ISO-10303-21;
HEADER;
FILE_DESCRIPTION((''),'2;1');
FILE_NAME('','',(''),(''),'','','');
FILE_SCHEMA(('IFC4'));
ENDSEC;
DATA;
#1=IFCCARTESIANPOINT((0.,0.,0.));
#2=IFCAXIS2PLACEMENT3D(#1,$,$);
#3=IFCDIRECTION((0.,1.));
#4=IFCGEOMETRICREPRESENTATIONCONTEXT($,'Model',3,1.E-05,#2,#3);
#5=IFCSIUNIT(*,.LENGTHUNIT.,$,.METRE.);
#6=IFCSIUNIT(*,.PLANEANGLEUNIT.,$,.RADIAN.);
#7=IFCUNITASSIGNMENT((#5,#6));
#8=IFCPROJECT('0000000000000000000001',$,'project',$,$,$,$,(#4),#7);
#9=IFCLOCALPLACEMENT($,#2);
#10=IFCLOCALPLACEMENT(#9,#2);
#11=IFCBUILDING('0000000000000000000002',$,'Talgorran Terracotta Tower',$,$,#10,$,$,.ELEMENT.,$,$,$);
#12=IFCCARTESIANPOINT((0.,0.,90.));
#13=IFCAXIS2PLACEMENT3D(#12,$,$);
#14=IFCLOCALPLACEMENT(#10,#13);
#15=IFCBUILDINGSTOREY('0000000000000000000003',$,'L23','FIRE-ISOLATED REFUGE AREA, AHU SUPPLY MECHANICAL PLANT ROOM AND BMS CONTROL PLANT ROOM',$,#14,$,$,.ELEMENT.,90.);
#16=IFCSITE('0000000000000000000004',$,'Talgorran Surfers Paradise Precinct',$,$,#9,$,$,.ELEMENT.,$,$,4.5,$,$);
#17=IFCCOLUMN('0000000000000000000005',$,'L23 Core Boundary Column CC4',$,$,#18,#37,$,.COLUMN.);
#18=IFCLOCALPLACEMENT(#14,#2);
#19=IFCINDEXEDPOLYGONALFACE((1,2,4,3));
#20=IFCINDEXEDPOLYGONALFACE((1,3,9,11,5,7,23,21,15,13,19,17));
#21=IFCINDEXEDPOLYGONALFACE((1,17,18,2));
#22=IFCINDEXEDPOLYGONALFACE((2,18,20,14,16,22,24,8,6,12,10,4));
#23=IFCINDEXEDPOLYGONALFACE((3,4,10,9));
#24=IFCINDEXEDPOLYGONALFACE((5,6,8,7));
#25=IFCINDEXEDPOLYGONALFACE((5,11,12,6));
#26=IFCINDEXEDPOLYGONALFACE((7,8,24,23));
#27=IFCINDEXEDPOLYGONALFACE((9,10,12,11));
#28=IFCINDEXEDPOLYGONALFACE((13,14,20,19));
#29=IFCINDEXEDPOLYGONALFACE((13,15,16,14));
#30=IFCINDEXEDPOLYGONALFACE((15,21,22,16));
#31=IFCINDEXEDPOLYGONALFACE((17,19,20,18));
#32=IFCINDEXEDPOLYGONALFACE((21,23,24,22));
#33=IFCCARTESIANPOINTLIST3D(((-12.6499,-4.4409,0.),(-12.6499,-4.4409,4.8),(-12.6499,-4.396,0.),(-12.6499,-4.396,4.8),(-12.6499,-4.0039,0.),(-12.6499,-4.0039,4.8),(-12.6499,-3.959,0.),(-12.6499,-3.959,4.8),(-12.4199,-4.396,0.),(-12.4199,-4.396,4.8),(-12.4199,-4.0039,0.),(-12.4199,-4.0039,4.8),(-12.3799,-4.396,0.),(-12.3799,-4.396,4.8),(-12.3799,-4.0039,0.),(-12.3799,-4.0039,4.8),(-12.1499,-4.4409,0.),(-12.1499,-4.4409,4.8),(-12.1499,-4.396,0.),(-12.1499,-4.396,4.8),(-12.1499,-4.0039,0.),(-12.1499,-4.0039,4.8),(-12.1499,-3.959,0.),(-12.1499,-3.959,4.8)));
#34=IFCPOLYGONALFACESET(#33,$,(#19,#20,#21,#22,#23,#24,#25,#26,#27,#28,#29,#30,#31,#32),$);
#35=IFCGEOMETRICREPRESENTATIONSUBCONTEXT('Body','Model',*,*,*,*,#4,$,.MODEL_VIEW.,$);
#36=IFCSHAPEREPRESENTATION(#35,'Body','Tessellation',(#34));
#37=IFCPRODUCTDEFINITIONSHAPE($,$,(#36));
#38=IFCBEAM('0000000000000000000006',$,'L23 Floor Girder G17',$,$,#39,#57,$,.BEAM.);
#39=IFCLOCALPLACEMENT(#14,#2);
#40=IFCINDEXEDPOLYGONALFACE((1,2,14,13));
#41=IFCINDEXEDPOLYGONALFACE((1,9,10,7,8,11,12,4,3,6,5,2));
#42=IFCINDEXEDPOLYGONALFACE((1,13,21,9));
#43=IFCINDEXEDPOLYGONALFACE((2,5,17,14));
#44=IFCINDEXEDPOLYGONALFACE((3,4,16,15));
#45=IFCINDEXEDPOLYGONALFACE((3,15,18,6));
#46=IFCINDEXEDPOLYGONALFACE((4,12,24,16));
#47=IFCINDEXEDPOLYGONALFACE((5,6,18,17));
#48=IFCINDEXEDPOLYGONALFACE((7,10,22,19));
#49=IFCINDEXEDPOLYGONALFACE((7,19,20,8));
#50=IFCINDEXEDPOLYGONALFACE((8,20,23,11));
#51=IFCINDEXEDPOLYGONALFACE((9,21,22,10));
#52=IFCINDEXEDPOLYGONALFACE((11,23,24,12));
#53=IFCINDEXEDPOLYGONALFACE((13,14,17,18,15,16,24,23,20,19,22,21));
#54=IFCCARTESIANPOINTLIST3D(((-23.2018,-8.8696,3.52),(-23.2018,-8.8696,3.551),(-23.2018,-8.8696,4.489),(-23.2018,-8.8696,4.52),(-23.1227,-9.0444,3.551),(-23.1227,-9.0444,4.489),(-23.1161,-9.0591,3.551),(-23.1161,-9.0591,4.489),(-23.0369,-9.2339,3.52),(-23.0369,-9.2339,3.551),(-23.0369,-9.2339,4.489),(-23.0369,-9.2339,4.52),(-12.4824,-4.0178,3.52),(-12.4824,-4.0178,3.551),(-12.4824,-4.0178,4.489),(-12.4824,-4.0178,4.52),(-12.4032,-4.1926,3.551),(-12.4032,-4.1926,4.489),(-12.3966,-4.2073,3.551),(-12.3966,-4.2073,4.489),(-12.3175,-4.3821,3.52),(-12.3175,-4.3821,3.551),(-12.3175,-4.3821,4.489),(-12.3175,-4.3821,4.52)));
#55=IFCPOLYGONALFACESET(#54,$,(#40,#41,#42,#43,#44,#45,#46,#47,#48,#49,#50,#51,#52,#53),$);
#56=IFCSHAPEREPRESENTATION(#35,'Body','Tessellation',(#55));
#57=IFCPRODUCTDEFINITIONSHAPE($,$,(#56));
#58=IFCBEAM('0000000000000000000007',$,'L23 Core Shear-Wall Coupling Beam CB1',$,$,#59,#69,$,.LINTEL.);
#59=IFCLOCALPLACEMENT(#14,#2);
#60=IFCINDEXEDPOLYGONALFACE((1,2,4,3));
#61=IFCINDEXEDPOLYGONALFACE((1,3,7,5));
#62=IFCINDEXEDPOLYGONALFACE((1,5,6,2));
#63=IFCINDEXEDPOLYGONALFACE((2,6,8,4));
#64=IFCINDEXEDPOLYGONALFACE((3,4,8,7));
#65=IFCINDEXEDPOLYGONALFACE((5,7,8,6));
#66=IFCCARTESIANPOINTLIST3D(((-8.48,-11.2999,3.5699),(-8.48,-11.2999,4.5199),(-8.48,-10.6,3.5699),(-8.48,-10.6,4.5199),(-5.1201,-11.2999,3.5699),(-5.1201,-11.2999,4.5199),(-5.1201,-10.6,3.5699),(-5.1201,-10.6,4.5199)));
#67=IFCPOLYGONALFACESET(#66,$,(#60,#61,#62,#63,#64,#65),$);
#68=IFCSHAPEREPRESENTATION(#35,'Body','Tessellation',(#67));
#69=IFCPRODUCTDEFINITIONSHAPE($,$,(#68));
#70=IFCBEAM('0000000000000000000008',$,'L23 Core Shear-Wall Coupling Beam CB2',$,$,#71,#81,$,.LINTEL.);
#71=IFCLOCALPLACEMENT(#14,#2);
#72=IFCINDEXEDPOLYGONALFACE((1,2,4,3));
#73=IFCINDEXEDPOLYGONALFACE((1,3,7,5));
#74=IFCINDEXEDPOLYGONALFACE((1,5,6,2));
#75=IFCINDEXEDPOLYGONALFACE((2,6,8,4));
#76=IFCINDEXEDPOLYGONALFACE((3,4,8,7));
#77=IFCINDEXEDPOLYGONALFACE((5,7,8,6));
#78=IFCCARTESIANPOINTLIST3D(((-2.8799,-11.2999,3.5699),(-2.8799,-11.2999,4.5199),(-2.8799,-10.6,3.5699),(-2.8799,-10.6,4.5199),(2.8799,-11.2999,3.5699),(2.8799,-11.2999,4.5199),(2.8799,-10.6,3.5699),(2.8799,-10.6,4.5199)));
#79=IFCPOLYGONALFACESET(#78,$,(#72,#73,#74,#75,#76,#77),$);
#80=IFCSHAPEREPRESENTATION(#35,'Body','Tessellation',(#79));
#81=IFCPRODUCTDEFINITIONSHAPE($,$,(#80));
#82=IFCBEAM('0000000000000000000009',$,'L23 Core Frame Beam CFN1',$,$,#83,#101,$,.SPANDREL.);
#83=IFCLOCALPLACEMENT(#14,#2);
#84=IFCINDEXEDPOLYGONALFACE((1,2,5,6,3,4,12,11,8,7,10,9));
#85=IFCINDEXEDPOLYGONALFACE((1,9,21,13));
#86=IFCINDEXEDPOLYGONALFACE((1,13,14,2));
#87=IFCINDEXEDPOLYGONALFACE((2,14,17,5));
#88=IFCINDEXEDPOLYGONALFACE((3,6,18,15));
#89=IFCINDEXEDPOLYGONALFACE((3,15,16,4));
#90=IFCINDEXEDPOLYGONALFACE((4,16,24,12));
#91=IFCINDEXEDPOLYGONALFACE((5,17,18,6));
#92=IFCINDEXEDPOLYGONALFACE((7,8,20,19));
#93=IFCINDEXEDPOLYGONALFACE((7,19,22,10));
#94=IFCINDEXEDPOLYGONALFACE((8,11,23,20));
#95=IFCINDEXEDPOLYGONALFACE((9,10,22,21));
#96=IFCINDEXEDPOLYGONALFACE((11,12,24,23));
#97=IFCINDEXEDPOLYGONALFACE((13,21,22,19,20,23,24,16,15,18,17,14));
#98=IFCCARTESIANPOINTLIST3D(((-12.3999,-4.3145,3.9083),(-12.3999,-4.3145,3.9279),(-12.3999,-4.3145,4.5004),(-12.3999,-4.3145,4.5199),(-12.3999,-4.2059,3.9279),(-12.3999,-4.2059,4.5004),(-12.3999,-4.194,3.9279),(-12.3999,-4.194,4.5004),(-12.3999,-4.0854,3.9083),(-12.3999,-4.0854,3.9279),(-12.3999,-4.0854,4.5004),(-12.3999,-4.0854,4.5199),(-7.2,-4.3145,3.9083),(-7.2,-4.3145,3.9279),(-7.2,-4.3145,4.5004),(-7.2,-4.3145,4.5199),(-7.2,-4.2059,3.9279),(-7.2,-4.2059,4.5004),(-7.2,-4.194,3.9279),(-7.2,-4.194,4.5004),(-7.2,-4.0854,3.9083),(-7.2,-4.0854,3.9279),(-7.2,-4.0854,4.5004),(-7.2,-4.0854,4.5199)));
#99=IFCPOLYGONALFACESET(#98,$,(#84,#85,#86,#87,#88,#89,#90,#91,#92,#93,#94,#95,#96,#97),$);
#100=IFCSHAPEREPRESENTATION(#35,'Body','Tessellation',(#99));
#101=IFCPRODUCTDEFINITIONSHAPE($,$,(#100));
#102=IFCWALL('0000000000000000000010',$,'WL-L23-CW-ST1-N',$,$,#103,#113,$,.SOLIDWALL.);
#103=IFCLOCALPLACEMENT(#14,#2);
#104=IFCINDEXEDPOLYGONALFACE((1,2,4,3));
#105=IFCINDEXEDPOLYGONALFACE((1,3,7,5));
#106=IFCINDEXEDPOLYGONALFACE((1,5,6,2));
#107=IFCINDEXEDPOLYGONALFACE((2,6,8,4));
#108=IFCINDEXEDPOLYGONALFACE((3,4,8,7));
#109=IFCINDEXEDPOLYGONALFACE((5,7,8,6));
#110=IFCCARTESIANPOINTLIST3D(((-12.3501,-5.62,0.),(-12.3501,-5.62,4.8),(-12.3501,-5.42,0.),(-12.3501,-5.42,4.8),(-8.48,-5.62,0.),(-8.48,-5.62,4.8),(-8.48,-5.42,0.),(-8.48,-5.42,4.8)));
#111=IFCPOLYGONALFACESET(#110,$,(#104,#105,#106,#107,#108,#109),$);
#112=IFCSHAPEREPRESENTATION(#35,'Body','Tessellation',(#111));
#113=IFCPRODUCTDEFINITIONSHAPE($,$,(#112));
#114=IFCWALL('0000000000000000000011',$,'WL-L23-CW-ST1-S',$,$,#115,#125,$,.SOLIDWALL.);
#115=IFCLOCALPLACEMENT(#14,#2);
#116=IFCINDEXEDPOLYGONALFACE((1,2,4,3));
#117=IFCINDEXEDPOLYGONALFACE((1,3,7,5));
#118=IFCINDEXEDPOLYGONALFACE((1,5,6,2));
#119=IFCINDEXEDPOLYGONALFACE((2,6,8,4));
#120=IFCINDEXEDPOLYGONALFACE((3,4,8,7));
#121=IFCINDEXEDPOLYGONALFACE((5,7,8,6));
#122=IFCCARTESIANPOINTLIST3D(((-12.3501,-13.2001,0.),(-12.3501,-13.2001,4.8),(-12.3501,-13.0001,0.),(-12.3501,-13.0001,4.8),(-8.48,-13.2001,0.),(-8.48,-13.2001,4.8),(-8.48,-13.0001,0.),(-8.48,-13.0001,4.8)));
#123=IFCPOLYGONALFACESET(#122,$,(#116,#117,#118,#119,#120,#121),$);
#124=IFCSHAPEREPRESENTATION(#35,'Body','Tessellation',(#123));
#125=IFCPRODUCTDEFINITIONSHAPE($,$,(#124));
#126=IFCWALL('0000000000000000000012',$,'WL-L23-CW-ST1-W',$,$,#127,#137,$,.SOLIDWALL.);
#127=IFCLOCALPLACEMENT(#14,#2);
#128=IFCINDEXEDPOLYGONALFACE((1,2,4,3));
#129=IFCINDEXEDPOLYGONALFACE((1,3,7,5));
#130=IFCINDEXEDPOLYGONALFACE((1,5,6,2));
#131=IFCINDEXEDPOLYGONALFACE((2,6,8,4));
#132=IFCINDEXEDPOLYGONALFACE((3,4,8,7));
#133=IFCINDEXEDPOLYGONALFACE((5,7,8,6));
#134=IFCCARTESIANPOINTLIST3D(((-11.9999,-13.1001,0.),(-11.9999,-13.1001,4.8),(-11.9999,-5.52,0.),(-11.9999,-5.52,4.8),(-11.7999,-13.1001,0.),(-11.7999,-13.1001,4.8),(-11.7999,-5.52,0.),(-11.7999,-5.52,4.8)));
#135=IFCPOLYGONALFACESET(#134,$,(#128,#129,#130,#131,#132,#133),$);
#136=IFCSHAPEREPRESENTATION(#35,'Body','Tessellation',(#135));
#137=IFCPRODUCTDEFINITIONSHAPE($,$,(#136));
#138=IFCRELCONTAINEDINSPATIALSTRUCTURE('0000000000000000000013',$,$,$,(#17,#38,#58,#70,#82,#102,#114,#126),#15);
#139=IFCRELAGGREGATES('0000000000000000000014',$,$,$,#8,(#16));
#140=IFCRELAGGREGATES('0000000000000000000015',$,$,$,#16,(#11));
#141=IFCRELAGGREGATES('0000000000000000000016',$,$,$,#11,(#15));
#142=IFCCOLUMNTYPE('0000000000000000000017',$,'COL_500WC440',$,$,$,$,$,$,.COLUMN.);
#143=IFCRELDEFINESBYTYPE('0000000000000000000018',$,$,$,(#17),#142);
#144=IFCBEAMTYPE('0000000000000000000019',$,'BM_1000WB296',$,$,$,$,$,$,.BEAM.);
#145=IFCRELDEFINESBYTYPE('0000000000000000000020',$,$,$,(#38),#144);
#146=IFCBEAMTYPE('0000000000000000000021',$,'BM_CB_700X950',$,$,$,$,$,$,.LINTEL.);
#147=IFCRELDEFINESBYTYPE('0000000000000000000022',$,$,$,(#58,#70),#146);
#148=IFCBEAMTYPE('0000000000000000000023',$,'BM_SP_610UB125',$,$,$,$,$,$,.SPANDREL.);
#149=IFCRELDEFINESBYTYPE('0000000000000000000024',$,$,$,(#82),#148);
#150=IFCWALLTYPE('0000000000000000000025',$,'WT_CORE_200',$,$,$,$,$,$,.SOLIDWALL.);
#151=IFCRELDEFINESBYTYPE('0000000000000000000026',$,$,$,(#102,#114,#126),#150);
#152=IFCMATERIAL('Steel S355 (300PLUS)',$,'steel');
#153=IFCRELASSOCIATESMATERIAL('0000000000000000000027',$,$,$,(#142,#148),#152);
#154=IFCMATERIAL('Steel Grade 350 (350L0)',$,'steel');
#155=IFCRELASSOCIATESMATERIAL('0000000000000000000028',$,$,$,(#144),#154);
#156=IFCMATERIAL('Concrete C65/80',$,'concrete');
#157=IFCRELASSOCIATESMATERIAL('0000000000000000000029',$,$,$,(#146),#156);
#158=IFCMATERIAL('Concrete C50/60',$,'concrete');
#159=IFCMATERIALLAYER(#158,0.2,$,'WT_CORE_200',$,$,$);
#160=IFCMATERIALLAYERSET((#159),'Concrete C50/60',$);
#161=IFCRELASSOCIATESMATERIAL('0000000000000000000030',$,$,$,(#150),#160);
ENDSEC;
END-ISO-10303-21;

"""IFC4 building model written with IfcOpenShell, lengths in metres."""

from ifc_helpers import new_model, si_unit, direction, frame, frame_2d, origin, origin_2d, place, context, subcontext, project, spatial, rectangle, i_section, extrude, material, layer, layer_set, material_profile, profile_set, type_object, element, save


model = new_model("IFC4")

# Units and contexts
model_context = context("Model", 3, precision=1e-05, world=origin(), true_north=direction((0.0, 1.0)))
body_context = subcontext(model_context, "Body", "Model", "MODEL_VIEW")
ifc_project = project(units=[si_unit("LENGTHUNIT", "METRE"), si_unit("PLANEANGLEUNIT", "RADIAN")], contexts=[model_context])

# Site, building, storey
site_placement = place(None, origin())
site = spatial("IfcSite", under=ifc_project, at=site_placement, Name="Talgorran Surfers Paradise Precinct", CompositionType="ELEMENT", RefElevation=4.5)
building_placement = place(site_placement, origin())
building = spatial("IfcBuilding", under=site, at=building_placement, Name="Talgorran Terracotta Tower", CompositionType="ELEMENT")
storey_placement = place(building_placement, frame((0.0, 0.0, 90.0)))
storey = spatial("IfcBuildingStorey", under=building, at=storey_placement, Name="L23", Description="FIRE-ISOLATED REFUGE AREA, AHU SUPPLY MECHANICAL PLANT ROOM AND BMS CONTROL PLANT ROOM", CompositionType="ELEMENT", Elevation=90.0)

# Column
ifc_material_1 = material(Name="Steel S355 (300PLUS)", Category="steel")
ifc_material_profile_1 = material_profile(ifc_material_1, i_section(OverallWidth=0.5, OverallDepth=0.4819, WebThickness=0.04, FlangeThickness=0.0449, at=origin_2d()), Name="500WC440")
ifc_profile_set_1 = profile_set([ifc_material_profile_1], Name="Steel S355 (300PLUS)")
column_type = type_object("IfcColumnType", Name="COL_500WC440", PredefinedType="COLUMN", material=ifc_profile_set_1)
column_placement = place(storey_placement, frame((-12.3999, -4.2, 0.0), z_axis=(0.0, 0.0, 1.0), x_axis=(1.0, 0.0, 0.0)))
element("IfcColumn", 1, at=column_placement, inside=storey, type_object=column_type, Name="L23 Core Boundary Column CC4", PredefinedType="COLUMN", context=body_context, shape_type="SweptSolid", body=[
    extrude(i_section(OverallWidth=0.5, OverallDepth=0.4819, WebThickness=0.04, FlangeThickness=0.0449, at=origin_2d()), origin(), (0.0, 0.0, 1.0), 4.8),
])

# Beams
ifc_material_2 = material(Name="Steel Grade 350 (350L0)", Category="steel")
ifc_material_profile_2 = material_profile(ifc_material_2, i_section(OverallWidth=0.3999, OverallDepth=1.0, WebThickness=0.0161, FlangeThickness=0.031, at=origin_2d()), Name="1000WB296")
ifc_profile_set_2 = profile_set([ifc_material_profile_2], Name="Steel Grade 350 (350L0)")
beam_type_1 = type_object("IfcBeamType", Name="BM_1000WB296", PredefinedType="BEAM", material=ifc_profile_set_2)
beam_1_placement = place(storey_placement, frame((-12.3999, -4.2, 4.02), z_axis=(-0.911028, -0.412345, 0.0), x_axis=(0.412345, -0.911028, 0.0)))
element("IfcBeam", 2, at=beam_1_placement, inside=storey, type_object=beam_type_1, Name="L23 Floor Girder G17", PredefinedType="BEAM", context=body_context, shape_type="SweptSolid", body=[
    extrude(i_section(OverallWidth=0.3999, OverallDepth=1.0, WebThickness=0.0161, FlangeThickness=0.031, at=origin_2d()), origin(), (0.0, 0.0, 1.0), 11.7664),
])
ifc_material_3 = material(Name="Concrete C65/80", Category="concrete")
ifc_material_profile_3 = material_profile(ifc_material_3, rectangle(XDim=0.7, YDim=0.95, at=origin_2d()), Name="RCCB700X950")
ifc_profile_set_3 = profile_set([ifc_material_profile_3], Name="Concrete C65/80")
beam_type_2 = type_object("IfcBeamType", Name="BM_CB_700X950", PredefinedType="LINTEL", material=ifc_profile_set_3)
beam_2_placement = place(storey_placement, frame((-8.48, -10.95, 4.0449), z_axis=(1.0, 0.0, 0.0), x_axis=(0.0, 1.0, 0.0)))
element("IfcBeam", 3, at=beam_2_placement, inside=storey, type_object=beam_type_2, Name="L23 Core Shear-Wall Coupling Beam CB1", PredefinedType="LINTEL", context=body_context, shape_type="SweptSolid", body=[
    extrude(rectangle(XDim=0.7, YDim=0.95, at=origin_2d()), origin(), (0.0, 0.0, 1.0), 3.3599),
])
beam_3_placement = place(storey_placement, frame((-2.8799, -10.95, 4.0449), z_axis=(1.0, 0.0, 0.0), x_axis=(0.0, 1.0, 0.0)))
element("IfcBeam", 4, at=beam_3_placement, inside=storey, type_object=beam_type_2, Name="L23 Core Shear-Wall Coupling Beam CB2", PredefinedType="LINTEL", context=body_context, shape_type="SweptSolid", body=[
    extrude(rectangle(XDim=0.7, YDim=0.95, at=origin_2d()), origin(), (0.0, 0.0, 1.0), 5.7598),
])
ifc_material_profile_4 = material_profile(ifc_material_1, i_section(OverallWidth=0.229, OverallDepth=0.6116, WebThickness=0.012, FlangeThickness=0.0195, at=origin_2d()), Name="610UB125")
ifc_profile_set_4 = profile_set([ifc_material_profile_4], Name="Steel S355 (300PLUS)")
beam_type_3 = type_object("IfcBeamType", Name="BM_SP_610UB125", PredefinedType="SPANDREL", material=ifc_profile_set_4)
beam_4_placement = place(storey_placement, frame((-12.3999, -4.2, 4.2141), z_axis=(1.0, 0.0, 0.0), x_axis=(0.0, 1.0, 0.0)))
element("IfcBeam", 5, at=beam_4_placement, inside=storey, type_object=beam_type_3, Name="L23 Core Frame Beam CFN1", PredefinedType="SPANDREL", context=body_context, shape_type="SweptSolid", body=[
    extrude(i_section(OverallWidth=0.229, OverallDepth=0.6116, WebThickness=0.012, FlangeThickness=0.0195, at=origin_2d()), origin(), (0.0, 0.0, 1.0), 5.2),
])

# Walls
ifc_material_4 = material(Name="Concrete C50/60", Category="concrete")
ifc_layer_1 = layer(ifc_material_4, 0.2, Name="WT_CORE_200")
ifc_layer_set_1 = layer_set([ifc_layer_1], Name="Concrete C50/60")
wall_type_1 = type_object("IfcWallType", Name="WT_CORE_200", PredefinedType="SOLIDWALL", material=ifc_layer_set_1)
for number, where, z_axis, x_axis, name in (
    (6, (-12.3501, -5.52, 0.0), (0.0, 0.0, 1.0), (1.0, 0.0, 0.0), "WL-L23-CW-ST1-N"),
    (7, (-12.3501, -13.1001, 0.0), (0.0, 0.0, 1.0), (1.0, 0.0, 0.0), "WL-L23-CW-ST1-S"),
):
    element("IfcWall", number, at=place(storey_placement, frame(where, z_axis=z_axis, x_axis=x_axis)), inside=storey, type_object=wall_type_1, Name=name, PredefinedType="SOLIDWALL", context=body_context, shape_type="SweptSolid", body=[
        extrude(rectangle(XDim=3.8701, YDim=0.2, at=frame_2d((1.9351, 0.0))), origin(), (0.0, 0.0, 1.0), 4.8),
    ])
wall_1_placement = place(storey_placement, frame((-11.8999, -13.1001, 0.0), z_axis=(0.0, 0.0, 1.0), x_axis=(0.0, 1.0, 0.0)))
element("IfcWall", 8, at=wall_1_placement, inside=storey, type_object=wall_type_1, Name="WL-L23-CW-ST1-W", PredefinedType="SOLIDWALL", context=body_context, shape_type="SweptSolid", body=[
    extrude(rectangle(XDim=7.5801, YDim=0.2, at=frame_2d((3.79, 0.0))), origin(), (0.0, 0.0, 1.0), 4.8),
])

save(model, "model.ifc")
